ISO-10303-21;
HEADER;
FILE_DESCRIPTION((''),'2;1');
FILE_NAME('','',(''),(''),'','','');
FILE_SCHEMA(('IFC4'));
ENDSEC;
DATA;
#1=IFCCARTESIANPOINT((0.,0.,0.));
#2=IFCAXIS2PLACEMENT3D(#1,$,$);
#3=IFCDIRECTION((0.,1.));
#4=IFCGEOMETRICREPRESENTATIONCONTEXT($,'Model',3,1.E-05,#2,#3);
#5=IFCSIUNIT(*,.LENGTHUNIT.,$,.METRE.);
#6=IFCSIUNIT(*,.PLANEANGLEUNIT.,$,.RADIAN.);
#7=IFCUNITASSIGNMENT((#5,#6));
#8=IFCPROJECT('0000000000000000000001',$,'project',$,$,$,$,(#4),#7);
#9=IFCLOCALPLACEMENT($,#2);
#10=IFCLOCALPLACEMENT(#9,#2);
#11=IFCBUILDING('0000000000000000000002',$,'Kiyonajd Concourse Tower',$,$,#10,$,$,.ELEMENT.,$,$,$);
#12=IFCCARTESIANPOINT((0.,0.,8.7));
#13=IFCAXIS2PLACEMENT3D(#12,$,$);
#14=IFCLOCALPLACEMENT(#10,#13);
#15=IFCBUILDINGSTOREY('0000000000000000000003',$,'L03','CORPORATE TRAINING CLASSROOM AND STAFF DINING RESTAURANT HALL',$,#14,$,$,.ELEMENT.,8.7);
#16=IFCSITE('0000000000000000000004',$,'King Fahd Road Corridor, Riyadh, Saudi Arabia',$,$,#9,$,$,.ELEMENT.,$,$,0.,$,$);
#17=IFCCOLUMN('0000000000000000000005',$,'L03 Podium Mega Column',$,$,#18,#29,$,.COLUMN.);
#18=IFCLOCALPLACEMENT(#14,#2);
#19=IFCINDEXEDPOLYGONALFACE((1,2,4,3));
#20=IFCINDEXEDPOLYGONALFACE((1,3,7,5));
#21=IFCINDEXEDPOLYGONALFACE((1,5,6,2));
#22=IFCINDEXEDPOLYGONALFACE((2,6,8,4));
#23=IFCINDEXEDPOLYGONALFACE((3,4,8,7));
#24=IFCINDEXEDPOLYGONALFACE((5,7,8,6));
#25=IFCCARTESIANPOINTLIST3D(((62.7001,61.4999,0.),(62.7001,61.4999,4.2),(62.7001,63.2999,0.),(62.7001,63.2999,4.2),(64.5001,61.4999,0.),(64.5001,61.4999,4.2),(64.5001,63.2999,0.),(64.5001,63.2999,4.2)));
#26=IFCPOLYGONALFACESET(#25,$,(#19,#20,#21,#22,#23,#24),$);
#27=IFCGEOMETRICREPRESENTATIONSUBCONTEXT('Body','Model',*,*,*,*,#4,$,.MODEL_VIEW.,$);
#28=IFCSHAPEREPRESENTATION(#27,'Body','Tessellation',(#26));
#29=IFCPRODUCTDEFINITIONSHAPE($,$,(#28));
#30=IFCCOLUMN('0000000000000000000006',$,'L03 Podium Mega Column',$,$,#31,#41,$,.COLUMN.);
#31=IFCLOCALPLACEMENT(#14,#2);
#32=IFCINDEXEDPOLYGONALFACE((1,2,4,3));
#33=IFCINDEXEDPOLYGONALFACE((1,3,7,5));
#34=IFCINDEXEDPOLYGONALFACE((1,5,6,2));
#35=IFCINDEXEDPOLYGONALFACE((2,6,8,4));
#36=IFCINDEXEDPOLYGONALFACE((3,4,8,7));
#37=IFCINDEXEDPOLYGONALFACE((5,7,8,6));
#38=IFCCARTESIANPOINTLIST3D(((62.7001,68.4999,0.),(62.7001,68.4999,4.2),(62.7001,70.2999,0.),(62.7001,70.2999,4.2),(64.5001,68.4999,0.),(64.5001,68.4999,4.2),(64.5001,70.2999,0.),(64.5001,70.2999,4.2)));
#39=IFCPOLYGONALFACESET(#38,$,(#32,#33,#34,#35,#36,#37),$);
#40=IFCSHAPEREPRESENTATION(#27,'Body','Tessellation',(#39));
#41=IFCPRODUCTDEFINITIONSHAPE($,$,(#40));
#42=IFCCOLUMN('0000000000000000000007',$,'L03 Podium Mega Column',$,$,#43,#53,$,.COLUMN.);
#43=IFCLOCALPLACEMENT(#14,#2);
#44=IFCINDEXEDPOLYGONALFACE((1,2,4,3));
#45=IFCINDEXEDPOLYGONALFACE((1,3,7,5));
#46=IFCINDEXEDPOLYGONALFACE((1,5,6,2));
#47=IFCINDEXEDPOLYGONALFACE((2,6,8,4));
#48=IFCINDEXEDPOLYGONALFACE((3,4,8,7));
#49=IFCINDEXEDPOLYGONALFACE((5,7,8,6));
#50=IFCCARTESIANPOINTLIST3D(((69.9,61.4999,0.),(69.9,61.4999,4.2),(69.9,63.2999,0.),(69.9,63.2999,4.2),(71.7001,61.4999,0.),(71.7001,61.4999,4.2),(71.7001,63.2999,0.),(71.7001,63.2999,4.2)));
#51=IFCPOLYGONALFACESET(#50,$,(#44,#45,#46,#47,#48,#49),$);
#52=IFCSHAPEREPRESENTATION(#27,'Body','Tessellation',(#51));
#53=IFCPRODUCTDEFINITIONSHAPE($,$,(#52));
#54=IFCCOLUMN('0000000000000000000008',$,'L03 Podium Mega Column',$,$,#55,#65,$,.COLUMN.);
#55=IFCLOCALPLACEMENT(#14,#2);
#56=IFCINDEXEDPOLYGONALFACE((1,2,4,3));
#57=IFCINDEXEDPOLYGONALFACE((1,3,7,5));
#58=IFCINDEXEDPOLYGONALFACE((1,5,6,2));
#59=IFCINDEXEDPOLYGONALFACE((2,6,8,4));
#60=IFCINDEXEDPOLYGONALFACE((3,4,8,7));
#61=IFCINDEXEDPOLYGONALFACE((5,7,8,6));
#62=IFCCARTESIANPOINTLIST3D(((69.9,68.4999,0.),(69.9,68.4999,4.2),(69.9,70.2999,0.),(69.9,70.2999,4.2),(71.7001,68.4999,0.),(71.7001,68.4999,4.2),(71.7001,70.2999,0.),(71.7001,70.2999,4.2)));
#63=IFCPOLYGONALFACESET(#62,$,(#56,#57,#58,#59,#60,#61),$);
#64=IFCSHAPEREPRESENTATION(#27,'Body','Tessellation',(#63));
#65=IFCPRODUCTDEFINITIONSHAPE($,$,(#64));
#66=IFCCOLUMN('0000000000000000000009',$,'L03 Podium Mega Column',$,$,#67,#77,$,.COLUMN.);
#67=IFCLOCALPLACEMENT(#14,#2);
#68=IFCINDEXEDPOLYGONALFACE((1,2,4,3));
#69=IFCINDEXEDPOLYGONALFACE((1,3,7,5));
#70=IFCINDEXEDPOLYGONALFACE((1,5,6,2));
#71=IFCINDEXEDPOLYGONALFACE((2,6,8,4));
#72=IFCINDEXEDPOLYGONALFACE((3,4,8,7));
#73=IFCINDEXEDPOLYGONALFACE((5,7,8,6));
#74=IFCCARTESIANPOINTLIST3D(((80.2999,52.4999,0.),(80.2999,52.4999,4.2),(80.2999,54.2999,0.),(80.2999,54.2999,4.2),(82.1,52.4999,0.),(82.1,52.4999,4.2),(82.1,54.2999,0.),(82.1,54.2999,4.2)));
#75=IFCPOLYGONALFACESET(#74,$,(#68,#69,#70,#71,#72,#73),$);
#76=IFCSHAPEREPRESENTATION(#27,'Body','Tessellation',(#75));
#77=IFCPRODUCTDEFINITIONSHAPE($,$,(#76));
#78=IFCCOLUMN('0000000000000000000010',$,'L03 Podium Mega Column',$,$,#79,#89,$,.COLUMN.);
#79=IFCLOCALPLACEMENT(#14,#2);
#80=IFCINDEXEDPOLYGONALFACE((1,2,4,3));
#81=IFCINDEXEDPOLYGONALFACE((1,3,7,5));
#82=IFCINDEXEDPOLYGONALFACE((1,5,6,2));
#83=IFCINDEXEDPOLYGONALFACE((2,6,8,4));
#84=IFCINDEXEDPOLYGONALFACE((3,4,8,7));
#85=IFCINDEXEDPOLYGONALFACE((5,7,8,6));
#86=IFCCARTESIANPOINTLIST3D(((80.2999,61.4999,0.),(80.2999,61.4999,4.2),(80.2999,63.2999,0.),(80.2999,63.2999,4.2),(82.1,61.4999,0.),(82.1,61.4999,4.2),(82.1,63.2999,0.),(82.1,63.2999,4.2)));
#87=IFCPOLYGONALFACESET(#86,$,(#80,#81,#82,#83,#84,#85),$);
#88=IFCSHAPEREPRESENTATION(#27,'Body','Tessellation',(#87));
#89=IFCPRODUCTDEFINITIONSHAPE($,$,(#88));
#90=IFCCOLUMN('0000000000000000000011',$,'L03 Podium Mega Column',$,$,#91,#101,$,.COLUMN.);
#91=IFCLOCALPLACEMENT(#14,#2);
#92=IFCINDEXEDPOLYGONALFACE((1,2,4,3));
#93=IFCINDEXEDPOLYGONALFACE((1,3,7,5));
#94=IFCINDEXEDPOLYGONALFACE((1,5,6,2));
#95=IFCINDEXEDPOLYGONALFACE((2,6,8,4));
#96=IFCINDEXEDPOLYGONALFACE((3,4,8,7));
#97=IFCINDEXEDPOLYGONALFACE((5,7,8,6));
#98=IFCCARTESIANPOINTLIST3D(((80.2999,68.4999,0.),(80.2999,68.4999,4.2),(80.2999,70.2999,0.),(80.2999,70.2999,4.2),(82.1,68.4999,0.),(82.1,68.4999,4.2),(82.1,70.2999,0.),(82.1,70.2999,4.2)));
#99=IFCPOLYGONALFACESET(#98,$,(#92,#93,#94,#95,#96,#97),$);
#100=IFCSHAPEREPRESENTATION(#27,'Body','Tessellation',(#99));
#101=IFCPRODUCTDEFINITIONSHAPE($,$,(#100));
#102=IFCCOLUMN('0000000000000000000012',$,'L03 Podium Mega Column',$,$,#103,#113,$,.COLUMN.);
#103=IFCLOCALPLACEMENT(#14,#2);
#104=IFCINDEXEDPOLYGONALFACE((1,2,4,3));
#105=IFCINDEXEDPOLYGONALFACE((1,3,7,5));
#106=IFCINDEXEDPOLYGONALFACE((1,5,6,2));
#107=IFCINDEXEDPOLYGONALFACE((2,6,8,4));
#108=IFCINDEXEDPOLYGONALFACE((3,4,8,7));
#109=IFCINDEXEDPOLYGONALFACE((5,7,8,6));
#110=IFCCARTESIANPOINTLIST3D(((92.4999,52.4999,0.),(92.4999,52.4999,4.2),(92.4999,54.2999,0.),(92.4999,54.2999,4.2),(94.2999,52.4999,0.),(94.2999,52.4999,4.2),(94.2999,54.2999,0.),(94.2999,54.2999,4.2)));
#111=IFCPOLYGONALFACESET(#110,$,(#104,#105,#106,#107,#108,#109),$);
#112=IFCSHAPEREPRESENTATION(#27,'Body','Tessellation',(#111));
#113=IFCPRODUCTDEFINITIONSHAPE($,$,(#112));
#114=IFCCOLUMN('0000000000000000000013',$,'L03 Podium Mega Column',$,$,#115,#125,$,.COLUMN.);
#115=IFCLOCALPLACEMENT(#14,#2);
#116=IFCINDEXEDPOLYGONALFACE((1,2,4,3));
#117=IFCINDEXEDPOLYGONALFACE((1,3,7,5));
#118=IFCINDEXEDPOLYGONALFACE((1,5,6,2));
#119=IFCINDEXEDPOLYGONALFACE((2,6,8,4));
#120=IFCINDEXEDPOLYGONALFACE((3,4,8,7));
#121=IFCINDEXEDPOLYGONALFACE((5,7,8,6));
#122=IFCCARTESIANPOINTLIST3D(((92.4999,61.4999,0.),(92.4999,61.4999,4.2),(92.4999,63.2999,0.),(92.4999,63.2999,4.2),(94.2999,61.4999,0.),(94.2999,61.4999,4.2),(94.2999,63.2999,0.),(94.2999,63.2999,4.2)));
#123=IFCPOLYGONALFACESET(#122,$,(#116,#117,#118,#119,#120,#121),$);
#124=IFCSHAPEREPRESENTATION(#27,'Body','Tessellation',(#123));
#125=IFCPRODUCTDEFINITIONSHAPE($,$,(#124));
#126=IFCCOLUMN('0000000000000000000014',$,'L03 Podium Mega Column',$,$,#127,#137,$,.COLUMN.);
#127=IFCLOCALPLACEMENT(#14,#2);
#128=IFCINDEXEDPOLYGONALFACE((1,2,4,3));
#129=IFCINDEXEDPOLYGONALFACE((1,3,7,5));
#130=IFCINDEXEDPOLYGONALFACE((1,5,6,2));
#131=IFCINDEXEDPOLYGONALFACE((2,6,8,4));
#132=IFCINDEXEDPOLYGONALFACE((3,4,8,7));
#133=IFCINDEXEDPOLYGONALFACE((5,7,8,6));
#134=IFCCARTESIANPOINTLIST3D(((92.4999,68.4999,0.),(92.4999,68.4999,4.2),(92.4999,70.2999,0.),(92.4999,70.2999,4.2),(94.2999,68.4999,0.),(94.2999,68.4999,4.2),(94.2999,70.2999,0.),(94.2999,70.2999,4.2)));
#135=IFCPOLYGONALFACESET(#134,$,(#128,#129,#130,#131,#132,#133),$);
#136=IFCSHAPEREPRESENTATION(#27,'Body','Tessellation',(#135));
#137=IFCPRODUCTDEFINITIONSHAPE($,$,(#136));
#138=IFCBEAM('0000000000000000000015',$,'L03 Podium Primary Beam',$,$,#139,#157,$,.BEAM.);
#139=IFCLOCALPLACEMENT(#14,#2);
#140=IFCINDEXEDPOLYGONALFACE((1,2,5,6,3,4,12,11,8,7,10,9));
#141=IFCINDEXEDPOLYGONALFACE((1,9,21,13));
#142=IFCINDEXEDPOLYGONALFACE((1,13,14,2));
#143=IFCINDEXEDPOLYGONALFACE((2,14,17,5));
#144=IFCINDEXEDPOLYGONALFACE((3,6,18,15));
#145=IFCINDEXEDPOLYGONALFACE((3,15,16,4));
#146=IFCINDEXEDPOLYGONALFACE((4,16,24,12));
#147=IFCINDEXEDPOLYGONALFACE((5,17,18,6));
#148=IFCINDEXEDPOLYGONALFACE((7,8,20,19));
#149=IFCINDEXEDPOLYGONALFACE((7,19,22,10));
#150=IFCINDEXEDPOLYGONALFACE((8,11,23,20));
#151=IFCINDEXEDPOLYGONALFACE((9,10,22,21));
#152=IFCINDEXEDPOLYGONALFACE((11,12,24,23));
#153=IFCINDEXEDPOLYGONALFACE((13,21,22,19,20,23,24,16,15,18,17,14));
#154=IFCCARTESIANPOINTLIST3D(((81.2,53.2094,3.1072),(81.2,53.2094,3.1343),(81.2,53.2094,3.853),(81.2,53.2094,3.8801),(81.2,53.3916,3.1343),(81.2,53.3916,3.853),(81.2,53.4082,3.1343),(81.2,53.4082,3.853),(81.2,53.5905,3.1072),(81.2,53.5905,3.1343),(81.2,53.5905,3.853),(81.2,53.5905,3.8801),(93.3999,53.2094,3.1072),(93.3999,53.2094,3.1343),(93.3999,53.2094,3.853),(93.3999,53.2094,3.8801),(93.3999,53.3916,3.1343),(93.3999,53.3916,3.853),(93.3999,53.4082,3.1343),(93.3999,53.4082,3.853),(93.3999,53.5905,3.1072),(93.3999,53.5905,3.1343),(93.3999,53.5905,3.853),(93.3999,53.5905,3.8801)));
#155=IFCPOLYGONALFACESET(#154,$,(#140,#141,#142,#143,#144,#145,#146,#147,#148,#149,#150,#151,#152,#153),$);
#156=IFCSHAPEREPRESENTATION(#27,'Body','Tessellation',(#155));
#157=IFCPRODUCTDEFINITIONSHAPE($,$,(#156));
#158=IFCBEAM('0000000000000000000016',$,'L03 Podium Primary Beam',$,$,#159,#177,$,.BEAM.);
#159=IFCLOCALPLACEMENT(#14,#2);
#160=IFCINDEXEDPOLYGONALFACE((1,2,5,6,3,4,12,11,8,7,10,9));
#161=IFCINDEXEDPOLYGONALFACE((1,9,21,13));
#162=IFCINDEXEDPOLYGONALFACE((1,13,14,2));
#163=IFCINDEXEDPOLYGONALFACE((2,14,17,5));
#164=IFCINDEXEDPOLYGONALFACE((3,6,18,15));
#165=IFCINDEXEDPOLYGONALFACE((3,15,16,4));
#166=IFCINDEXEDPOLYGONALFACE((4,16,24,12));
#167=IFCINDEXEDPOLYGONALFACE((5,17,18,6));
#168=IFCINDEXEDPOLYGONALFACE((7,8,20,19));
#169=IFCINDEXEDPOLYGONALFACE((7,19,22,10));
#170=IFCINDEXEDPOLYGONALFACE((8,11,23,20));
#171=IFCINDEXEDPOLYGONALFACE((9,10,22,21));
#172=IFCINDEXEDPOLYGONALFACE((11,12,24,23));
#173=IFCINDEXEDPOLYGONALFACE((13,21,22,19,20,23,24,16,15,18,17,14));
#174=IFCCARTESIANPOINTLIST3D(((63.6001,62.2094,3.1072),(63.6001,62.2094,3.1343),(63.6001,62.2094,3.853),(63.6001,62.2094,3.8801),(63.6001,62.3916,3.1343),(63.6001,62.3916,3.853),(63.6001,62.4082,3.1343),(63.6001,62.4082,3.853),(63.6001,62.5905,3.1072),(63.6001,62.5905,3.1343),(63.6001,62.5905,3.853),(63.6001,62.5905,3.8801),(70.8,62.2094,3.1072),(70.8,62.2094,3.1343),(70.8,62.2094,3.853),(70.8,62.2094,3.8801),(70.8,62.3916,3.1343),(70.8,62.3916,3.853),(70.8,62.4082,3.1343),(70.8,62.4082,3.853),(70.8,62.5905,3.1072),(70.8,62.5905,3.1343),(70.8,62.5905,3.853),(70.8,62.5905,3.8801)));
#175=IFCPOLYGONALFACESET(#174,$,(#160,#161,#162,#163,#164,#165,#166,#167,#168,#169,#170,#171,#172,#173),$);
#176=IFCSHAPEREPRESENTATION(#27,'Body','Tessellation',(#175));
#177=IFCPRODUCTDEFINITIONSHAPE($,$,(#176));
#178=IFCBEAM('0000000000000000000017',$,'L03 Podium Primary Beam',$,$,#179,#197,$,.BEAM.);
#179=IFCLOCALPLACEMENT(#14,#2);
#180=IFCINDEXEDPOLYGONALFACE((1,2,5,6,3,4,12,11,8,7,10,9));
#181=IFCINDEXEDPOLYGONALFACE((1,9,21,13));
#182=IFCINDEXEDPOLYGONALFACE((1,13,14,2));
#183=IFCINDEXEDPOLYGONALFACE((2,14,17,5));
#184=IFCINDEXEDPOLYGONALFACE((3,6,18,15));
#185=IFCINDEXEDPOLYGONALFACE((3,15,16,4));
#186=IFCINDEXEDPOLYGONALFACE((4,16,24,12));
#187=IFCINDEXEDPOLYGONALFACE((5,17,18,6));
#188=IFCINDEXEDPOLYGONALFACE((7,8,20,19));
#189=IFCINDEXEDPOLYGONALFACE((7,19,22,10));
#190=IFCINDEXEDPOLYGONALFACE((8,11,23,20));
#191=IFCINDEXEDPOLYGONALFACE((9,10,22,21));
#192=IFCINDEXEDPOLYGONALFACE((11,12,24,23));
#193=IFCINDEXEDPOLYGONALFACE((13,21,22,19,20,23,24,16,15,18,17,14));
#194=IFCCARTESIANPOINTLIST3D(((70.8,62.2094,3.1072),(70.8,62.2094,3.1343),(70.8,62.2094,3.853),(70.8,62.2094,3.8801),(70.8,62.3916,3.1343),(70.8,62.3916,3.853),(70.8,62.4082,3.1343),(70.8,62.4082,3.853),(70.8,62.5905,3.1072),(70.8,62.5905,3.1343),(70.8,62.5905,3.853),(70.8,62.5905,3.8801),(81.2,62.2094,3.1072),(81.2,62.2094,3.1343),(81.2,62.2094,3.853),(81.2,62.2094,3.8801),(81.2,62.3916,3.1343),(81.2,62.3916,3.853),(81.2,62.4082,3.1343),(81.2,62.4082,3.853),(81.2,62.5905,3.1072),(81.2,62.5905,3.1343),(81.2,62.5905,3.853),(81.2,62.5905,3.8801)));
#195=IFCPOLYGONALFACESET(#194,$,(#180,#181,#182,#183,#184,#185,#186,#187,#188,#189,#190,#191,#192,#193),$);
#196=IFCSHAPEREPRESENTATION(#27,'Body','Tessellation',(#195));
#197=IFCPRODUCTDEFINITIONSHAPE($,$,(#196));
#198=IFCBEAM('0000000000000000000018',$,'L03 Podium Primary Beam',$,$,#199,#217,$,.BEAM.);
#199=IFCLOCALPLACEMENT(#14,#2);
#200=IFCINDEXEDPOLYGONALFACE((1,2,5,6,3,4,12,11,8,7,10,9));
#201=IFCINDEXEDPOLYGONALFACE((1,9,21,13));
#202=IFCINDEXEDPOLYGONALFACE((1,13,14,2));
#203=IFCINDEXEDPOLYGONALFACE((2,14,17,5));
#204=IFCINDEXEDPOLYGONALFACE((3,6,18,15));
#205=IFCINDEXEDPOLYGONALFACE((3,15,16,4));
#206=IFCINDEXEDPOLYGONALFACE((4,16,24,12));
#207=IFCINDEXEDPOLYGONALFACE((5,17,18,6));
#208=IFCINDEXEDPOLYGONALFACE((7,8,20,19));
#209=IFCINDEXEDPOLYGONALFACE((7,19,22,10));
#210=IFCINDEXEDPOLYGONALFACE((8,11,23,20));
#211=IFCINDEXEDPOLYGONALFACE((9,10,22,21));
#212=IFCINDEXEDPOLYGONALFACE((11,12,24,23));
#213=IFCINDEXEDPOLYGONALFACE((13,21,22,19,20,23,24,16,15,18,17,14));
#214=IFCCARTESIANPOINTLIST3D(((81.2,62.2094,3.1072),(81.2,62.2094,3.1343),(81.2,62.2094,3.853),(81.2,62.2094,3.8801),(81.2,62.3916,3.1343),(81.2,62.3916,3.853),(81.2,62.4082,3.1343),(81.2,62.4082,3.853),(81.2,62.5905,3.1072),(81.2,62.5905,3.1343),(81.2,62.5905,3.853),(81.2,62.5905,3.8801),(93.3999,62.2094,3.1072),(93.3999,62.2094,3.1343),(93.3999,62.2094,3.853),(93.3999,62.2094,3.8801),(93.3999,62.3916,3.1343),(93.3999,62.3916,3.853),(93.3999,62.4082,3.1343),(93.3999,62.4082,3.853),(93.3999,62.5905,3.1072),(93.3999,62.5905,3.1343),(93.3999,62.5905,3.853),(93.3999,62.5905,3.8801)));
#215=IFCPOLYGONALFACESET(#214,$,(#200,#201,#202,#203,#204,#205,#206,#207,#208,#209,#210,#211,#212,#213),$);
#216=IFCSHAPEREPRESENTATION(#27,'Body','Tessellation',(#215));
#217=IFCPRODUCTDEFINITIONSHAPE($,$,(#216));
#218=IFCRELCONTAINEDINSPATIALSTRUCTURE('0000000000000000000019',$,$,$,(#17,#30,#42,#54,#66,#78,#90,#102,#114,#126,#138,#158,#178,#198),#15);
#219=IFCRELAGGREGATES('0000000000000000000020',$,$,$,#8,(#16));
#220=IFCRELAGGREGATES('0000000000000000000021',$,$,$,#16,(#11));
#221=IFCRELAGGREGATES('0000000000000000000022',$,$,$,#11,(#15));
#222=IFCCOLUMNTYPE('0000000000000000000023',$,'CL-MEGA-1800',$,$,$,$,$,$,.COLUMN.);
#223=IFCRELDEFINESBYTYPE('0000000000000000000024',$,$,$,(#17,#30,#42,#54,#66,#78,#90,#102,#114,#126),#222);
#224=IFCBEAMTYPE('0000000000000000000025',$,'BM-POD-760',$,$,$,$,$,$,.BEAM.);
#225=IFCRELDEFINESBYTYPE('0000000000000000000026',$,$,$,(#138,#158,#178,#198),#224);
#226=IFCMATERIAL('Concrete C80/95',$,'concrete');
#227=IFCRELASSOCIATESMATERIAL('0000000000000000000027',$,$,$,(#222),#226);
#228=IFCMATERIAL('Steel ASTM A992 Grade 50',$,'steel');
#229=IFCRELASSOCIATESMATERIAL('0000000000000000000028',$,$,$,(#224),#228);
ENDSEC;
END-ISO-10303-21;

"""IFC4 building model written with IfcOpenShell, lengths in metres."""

from ifc_helpers import new_model, si_unit, direction, frame, origin, origin_2d, place, context, subcontext, project, spatial, rectangle, i_section, extrude, material, material_profile, profile_set, type_object, element, save


model = new_model("IFC4")

# Units and contexts
model_context = context("Model", 3, precision=1e-05, world=origin(), true_north=direction((0.0, 1.0)))
body_context = subcontext(model_context, "Body", "Model", "MODEL_VIEW")
ifc_project = project(units=[si_unit("LENGTHUNIT", "METRE"), si_unit("PLANEANGLEUNIT", "RADIAN")], contexts=[model_context])

# Site, building, storey
site_placement = place(None, origin())
site = spatial("IfcSite", under=ifc_project, at=site_placement, Name="King Fahd Road Corridor, Riyadh, Saudi Arabia", CompositionType="ELEMENT", RefElevation=0.0)
building_placement = place(site_placement, origin())
building = spatial("IfcBuilding", under=site, at=building_placement, Name="Kiyonajd Concourse Tower", CompositionType="ELEMENT")
storey_placement = place(building_placement, frame((0.0, 0.0, 8.7)))
storey = spatial("IfcBuildingStorey", under=building, at=storey_placement, Name="L03", Description="CORPORATE TRAINING CLASSROOM AND STAFF DINING RESTAURANT HALL", CompositionType="ELEMENT", Elevation=8.7)

# Columns
ifc_material_1 = material(Name="Concrete C80/95", Category="concrete")
ifc_material_profile_1 = material_profile(ifc_material_1, rectangle(XDim=1.8, YDim=1.8, at=origin_2d()), Name="RC-1800x1800")
ifc_profile_set_1 = profile_set([ifc_material_profile_1], Name="Concrete C80/95")
column_type = type_object("IfcColumnType", Name="CL-MEGA-1800", PredefinedType="COLUMN", material=ifc_profile_set_1)
for number, where, z_axis, x_axis, name in (
    (1, (63.6001, 62.3999, 0.0), (0.0, 0.0, 1.0), (1.0, 0.0, 0.0), "L03 Podium Mega Column"),
    (2, (63.6001, 69.3999, 0.0), (0.0, 0.0, 1.0), (1.0, 0.0, 0.0), "L03 Podium Mega Column"),
    (3, (70.8, 62.3999, 0.0), (0.0, 0.0, 1.0), (1.0, 0.0, 0.0), "L03 Podium Mega Column"),
    (4, (70.8, 69.3999, 0.0), (0.0, 0.0, 1.0), (1.0, 0.0, 0.0), "L03 Podium Mega Column"),
    (5, (81.2, 53.3999, 0.0), (0.0, 0.0, 1.0), (1.0, 0.0, 0.0), "L03 Podium Mega Column"),
    (6, (81.2, 62.3999, 0.0), (0.0, 0.0, 1.0), (1.0, 0.0, 0.0), "L03 Podium Mega Column"),
    (7, (81.2, 69.3999, 0.0), (0.0, 0.0, 1.0), (1.0, 0.0, 0.0), "L03 Podium Mega Column"),
    (8, (93.3999, 53.3999, 0.0), (0.0, 0.0, 1.0), (1.0, 0.0, 0.0), "L03 Podium Mega Column"),
    (9, (93.3999, 62.3999, 0.0), (0.0, 0.0, 1.0), (1.0, 0.0, 0.0), "L03 Podium Mega Column"),
    (10, (93.3999, 69.3999, 0.0), (0.0, 0.0, 1.0), (1.0, 0.0, 0.0), "L03 Podium Mega Column"),
):
    element("IfcColumn", number, at=place(storey_placement, frame(where, z_axis=z_axis, x_axis=x_axis)), inside=storey, type_object=column_type, Name=name, PredefinedType="COLUMN", context=body_context, shape_type="SweptSolid", body=[
        extrude(rectangle(XDim=1.8, YDim=1.8, at=origin_2d()), origin(), (0.0, 0.0, 1.0), 4.2),
    ])

# Beams
ifc_material_2 = material(Name="Steel ASTM A992 Grade 50", Category="steel")
ifc_material_profile_2 = material_profile(ifc_material_2, i_section(OverallWidth=0.3811, OverallDepth=0.7729, WebThickness=0.0166, FlangeThickness=0.0271, at=origin_2d()), Name="W760X257")
ifc_profile_set_2 = profile_set([ifc_material_profile_2], Name="Steel ASTM A992 Grade 50")
beam_type = type_object("IfcBeamType", Name="BM-POD-760", PredefinedType="BEAM", material=ifc_profile_set_2)
beam_1_placement = place(storey_placement, frame((81.2, 53.3999, 3.4937), z_axis=(1.0, 0.0, 0.0), x_axis=(0.0, 1.0, 0.0)))
element("IfcBeam", 11, at=beam_1_placement, inside=storey, type_object=beam_type, Name="L03 Podium Primary Beam", PredefinedType="BEAM", context=body_context, shape_type="SweptSolid", body=[
    extrude(i_section(OverallWidth=0.3811, OverallDepth=0.7729, WebThickness=0.0166, FlangeThickness=0.0271, at=origin_2d()), origin(), (0.0, 0.0, 1.0), 12.2),
])
beam_2_placement = place(storey_placement, frame((63.6001, 62.3999, 3.4937), z_axis=(1.0, 0.0, 0.0), x_axis=(0.0, 1.0, 0.0)))
element("IfcBeam", 12, at=beam_2_placement, inside=storey, type_object=beam_type, Name="L03 Podium Primary Beam", PredefinedType="BEAM", context=body_context, shape_type="SweptSolid", body=[
    extrude(i_section(OverallWidth=0.3811, OverallDepth=0.7729, WebThickness=0.0166, FlangeThickness=0.0271, at=origin_2d()), origin(), (0.0, 0.0, 1.0), 7.2),
])
beam_3_placement = place(storey_placement, frame((70.8, 62.3999, 3.4937), z_axis=(1.0, 0.0, 0.0), x_axis=(0.0, 1.0, 0.0)))
element("IfcBeam", 13, at=beam_3_placement, inside=storey, type_object=beam_type, Name="L03 Podium Primary Beam", PredefinedType="BEAM", context=body_context, shape_type="SweptSolid", body=[
    extrude(i_section(OverallWidth=0.3811, OverallDepth=0.7729, WebThickness=0.0166, FlangeThickness=0.0271, at=origin_2d()), origin(), (0.0, 0.0, 1.0), 10.3999),
])
beam_4_placement = place(storey_placement, frame((81.2, 62.3999, 3.4937), z_axis=(1.0, 0.0, 0.0), x_axis=(0.0, 1.0, 0.0)))
element("IfcBeam", 14, at=beam_4_placement, inside=storey, type_object=beam_type, Name="L03 Podium Primary Beam", PredefinedType="BEAM", context=body_context, shape_type="SweptSolid", body=[
    extrude(i_section(OverallWidth=0.3811, OverallDepth=0.7729, WebThickness=0.0166, FlangeThickness=0.0271, at=origin_2d()), origin(), (0.0, 0.0, 1.0), 12.2),
])

save(model, "model.ifc")
